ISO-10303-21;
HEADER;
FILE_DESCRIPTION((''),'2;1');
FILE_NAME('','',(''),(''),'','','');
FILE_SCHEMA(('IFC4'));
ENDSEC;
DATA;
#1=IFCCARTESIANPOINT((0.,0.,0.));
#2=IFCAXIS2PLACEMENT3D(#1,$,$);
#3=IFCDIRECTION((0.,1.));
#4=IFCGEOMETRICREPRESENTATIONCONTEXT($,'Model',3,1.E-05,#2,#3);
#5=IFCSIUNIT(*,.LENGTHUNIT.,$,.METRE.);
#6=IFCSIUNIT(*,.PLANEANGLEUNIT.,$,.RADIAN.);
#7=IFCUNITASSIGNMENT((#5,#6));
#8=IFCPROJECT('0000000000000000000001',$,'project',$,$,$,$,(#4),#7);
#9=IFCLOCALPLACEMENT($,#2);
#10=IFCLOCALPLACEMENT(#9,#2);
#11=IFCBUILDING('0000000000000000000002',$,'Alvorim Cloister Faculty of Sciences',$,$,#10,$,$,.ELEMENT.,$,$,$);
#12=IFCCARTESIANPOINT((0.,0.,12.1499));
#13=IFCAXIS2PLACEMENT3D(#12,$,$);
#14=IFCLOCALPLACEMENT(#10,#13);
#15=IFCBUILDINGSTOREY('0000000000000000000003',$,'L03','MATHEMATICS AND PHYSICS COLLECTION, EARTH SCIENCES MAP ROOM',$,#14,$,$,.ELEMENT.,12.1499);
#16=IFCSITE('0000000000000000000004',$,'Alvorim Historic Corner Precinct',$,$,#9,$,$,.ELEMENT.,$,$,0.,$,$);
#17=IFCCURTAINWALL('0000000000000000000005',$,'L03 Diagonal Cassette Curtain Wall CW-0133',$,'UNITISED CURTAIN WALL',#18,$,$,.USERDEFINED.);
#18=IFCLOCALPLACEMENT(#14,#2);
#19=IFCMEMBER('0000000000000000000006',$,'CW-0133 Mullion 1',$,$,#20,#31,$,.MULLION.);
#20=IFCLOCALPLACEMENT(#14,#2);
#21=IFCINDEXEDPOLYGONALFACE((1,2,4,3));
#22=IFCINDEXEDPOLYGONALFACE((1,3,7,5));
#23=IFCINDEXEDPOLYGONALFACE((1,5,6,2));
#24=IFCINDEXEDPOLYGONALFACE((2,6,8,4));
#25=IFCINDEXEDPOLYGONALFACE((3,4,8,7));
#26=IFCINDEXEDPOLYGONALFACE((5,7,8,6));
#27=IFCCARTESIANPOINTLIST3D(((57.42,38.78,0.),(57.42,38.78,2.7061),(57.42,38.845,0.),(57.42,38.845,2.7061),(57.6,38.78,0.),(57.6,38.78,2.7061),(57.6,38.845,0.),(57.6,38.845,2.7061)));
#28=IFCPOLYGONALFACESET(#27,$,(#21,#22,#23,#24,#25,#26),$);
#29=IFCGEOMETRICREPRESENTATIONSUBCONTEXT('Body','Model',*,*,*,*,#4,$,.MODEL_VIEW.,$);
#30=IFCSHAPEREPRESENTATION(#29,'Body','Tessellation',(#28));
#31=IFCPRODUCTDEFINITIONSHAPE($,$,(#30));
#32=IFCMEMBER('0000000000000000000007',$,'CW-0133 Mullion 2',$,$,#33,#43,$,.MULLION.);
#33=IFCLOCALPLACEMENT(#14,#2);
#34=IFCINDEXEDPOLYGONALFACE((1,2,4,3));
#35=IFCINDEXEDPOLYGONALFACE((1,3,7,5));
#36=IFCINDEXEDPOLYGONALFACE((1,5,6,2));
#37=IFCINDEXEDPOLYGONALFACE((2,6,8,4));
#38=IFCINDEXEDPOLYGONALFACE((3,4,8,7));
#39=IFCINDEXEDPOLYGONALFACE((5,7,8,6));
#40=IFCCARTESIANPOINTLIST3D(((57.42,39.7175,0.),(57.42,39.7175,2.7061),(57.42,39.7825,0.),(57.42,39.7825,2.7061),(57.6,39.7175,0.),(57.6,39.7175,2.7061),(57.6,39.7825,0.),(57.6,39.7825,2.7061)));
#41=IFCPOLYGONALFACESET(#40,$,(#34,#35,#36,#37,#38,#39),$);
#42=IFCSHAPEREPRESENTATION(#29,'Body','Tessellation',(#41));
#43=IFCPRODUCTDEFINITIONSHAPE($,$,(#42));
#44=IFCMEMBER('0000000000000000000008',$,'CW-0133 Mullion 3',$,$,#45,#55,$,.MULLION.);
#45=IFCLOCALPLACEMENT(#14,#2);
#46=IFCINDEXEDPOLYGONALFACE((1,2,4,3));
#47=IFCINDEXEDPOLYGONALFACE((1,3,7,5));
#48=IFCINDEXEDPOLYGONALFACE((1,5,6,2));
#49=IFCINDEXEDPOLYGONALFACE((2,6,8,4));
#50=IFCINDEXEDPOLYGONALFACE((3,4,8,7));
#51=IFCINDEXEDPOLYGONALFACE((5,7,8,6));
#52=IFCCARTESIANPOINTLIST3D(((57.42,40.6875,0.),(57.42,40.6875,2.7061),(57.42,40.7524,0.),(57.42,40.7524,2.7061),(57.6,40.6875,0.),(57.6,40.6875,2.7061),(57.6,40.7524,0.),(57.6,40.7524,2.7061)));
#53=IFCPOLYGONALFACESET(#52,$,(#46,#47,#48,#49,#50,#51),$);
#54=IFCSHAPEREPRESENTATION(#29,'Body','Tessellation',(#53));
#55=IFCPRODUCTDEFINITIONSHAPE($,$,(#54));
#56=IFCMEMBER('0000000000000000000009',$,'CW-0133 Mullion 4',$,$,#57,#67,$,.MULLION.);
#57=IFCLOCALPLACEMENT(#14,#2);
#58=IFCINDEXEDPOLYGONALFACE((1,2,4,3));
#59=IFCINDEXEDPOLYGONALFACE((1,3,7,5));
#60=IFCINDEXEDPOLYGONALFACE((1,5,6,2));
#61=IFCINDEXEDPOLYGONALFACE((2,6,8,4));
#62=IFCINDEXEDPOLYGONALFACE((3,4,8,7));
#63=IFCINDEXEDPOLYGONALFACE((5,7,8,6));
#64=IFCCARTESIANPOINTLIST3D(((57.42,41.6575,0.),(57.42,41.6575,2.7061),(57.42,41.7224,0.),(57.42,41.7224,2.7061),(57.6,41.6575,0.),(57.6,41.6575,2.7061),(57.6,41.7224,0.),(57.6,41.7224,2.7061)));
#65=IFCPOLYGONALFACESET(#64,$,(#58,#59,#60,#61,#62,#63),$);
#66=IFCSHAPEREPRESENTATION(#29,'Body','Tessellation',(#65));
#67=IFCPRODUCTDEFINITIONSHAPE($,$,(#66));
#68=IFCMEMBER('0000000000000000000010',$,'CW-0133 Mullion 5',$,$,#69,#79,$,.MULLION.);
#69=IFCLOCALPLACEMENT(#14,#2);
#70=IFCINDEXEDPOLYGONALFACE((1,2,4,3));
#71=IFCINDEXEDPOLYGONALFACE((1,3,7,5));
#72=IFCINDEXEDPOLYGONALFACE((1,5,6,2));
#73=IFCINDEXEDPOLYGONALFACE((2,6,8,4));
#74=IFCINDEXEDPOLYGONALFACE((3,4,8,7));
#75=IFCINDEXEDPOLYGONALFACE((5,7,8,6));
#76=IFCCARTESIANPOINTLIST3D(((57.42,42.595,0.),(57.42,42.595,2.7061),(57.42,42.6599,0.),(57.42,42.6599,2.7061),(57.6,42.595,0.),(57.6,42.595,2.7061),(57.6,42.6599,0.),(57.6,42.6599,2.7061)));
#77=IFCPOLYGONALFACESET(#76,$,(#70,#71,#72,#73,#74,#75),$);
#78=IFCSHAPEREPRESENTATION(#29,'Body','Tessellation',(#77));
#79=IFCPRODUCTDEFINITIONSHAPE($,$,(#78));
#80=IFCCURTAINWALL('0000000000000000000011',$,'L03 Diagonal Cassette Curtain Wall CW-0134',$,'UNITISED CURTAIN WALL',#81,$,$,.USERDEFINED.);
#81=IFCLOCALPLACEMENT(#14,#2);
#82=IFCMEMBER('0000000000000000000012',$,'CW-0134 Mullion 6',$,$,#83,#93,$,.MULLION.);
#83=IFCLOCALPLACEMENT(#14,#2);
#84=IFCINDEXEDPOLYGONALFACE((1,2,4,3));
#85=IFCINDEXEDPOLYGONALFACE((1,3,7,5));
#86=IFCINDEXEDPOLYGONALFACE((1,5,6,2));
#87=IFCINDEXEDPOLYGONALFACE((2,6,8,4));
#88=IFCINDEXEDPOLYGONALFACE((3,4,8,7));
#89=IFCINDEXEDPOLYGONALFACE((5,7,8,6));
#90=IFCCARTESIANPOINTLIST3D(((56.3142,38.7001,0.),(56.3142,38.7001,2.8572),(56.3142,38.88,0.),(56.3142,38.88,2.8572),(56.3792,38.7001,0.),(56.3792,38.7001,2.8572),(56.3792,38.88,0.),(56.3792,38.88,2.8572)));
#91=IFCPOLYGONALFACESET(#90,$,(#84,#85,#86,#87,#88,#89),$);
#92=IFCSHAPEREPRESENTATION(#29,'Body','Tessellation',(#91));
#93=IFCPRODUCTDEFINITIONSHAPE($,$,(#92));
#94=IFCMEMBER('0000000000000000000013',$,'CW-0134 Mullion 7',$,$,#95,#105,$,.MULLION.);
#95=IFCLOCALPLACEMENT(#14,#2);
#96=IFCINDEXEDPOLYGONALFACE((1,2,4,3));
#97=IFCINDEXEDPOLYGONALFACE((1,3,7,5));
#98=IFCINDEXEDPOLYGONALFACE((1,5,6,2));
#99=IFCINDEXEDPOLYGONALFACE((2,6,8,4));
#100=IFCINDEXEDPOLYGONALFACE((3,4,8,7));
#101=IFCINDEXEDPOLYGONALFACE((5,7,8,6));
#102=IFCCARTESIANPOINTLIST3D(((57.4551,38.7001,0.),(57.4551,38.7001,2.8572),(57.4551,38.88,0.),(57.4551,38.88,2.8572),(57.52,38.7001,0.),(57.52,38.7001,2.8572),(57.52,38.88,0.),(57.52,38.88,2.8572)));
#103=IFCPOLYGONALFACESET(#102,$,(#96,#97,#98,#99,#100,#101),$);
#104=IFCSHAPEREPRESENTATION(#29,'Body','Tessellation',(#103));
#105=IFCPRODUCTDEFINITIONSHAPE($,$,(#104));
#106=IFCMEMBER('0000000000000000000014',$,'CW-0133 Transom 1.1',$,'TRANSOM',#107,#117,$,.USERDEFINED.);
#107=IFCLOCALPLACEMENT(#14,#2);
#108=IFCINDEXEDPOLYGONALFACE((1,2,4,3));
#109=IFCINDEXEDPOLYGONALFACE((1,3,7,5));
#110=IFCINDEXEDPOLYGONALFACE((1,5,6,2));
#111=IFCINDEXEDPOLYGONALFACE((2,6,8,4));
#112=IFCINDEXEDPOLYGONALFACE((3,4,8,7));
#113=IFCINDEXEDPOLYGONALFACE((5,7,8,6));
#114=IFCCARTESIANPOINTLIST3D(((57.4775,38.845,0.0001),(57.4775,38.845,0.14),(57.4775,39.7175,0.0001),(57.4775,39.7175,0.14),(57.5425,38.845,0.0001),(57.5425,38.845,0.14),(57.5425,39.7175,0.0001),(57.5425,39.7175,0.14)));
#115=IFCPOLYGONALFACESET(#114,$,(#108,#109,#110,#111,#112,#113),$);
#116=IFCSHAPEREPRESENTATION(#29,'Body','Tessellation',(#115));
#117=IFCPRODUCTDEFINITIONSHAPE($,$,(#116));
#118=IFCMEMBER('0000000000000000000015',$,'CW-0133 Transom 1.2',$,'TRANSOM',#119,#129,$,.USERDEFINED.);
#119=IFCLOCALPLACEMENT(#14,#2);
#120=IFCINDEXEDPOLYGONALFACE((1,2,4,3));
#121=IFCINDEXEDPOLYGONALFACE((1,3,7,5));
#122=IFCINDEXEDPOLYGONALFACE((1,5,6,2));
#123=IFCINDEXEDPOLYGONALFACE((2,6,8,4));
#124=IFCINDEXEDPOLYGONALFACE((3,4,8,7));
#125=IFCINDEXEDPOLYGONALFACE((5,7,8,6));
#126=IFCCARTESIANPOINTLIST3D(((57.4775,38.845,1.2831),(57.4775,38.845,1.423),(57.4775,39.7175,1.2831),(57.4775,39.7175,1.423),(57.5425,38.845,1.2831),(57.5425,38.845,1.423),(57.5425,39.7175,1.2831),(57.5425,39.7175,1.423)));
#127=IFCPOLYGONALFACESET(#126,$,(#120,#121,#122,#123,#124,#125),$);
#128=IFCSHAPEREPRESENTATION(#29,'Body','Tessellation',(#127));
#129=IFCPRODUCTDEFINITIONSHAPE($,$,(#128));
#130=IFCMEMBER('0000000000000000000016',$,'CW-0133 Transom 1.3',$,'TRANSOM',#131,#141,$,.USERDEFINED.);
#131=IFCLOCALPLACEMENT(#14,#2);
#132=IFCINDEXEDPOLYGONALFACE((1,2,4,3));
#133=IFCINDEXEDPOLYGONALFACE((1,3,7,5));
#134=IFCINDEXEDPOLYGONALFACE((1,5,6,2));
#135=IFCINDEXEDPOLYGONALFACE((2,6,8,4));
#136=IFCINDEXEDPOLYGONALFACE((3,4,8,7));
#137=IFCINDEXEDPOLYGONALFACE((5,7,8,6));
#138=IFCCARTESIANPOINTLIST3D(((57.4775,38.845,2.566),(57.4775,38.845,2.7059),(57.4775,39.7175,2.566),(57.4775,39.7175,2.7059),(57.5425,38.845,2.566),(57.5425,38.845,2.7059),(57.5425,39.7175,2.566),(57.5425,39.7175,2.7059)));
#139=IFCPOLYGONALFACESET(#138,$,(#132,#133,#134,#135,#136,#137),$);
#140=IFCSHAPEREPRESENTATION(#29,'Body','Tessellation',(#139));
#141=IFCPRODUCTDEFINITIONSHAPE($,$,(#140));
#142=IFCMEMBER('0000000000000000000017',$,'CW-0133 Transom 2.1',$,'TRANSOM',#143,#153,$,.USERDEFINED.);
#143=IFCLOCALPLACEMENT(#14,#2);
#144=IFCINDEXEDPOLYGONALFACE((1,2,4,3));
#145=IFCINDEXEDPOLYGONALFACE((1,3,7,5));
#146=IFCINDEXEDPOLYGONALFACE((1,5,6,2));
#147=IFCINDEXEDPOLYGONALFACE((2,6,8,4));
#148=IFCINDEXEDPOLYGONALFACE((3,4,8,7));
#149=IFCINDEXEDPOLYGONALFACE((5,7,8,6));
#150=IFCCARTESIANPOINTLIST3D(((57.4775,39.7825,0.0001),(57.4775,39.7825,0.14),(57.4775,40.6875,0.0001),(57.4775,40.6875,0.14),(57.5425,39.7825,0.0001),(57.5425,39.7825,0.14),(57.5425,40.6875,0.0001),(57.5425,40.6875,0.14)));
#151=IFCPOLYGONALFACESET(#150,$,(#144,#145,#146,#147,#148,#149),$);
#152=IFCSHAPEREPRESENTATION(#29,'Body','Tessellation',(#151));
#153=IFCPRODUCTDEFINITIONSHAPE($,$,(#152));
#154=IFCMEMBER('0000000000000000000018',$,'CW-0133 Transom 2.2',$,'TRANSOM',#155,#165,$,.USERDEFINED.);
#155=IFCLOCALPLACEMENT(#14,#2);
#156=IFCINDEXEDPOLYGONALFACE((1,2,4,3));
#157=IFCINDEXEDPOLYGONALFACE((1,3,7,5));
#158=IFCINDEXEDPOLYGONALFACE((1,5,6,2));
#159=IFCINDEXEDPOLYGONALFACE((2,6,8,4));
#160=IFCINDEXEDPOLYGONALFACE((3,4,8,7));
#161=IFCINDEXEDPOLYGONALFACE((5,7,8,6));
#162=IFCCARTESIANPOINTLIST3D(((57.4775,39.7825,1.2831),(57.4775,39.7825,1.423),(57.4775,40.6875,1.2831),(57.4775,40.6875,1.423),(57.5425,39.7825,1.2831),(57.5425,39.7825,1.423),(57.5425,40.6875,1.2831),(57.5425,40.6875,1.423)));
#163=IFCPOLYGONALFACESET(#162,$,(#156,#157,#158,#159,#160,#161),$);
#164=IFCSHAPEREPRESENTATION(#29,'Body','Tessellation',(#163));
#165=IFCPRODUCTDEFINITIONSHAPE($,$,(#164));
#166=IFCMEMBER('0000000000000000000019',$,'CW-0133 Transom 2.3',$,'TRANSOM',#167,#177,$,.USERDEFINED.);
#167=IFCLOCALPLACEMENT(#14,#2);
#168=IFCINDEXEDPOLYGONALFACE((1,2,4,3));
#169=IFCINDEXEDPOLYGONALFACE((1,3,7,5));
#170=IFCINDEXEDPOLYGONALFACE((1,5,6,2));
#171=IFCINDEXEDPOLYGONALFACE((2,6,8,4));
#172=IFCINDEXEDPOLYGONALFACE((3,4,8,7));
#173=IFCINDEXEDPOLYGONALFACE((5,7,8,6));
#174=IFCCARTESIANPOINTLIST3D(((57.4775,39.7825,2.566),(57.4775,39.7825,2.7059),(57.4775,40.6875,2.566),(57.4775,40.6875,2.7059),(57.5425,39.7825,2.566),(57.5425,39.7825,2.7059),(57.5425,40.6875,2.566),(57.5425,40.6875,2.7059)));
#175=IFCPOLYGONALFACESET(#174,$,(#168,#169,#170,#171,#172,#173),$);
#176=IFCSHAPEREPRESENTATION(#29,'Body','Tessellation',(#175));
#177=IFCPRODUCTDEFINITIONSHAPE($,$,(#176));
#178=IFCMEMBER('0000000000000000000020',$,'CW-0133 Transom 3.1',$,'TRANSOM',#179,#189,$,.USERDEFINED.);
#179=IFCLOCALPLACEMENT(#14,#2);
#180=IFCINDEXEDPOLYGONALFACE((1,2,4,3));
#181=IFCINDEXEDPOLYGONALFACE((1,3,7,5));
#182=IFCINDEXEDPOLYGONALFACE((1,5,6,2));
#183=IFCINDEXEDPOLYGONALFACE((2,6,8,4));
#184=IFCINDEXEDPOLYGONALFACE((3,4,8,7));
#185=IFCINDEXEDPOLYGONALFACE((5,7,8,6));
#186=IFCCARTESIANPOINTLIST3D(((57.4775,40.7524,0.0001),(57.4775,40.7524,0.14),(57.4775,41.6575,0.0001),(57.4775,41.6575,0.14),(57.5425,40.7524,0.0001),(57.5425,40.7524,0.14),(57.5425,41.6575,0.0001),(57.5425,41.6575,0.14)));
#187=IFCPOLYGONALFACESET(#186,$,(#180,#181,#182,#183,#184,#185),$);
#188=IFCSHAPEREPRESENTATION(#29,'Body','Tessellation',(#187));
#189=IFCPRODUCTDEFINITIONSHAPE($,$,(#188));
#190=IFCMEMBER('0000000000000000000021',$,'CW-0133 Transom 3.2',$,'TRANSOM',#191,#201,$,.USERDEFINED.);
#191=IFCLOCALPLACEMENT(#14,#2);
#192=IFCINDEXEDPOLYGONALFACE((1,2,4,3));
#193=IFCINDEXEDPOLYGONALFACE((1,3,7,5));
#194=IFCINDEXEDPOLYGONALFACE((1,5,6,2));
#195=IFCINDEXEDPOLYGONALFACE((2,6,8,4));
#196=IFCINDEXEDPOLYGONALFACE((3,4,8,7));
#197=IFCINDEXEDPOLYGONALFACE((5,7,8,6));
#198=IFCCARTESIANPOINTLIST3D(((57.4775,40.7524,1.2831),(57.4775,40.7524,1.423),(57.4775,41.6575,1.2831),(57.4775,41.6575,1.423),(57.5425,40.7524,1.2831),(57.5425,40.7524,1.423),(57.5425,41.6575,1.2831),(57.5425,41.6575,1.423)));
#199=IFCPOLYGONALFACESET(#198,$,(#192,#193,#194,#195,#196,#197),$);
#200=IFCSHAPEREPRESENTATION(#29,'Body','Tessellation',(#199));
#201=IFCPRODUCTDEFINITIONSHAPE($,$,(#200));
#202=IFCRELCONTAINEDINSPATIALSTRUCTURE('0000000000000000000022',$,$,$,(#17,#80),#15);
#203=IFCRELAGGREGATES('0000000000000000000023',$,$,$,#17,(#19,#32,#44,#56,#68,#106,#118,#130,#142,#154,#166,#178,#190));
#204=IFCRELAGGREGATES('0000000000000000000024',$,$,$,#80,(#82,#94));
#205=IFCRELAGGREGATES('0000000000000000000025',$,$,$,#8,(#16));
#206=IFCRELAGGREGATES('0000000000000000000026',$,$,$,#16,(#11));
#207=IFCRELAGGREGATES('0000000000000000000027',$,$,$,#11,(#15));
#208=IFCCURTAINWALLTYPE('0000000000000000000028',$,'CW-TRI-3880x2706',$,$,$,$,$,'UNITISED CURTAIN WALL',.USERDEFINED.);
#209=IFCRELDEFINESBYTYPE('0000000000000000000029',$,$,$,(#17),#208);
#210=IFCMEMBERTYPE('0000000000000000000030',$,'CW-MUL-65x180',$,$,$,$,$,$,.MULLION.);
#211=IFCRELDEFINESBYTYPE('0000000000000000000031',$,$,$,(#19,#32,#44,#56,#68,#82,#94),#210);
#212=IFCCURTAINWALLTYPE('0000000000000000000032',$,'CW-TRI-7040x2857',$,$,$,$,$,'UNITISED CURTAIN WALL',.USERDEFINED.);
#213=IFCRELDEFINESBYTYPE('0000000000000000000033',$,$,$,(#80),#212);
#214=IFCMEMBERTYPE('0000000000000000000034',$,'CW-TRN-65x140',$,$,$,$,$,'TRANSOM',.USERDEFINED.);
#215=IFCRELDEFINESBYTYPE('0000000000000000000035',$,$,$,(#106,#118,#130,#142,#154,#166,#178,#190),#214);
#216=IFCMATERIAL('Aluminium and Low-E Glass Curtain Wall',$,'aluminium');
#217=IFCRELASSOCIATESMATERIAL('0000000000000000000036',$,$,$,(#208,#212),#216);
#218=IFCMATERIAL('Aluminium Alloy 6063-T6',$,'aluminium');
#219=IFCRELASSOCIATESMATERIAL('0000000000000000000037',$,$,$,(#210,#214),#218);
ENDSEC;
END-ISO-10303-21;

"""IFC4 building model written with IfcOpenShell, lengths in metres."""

from ifc_helpers import new_model, si_unit, direction, frame, origin, origin_2d, place, context, subcontext, project, spatial, rectangle, extrude, material, material_profile, profile_set, type_object, element, aggregate, save


model = new_model("IFC4")

# Units and contexts
model_context = context("Model", 3, precision=1e-05, world=origin(), true_north=direction((0.0, 1.0)))
body_context = subcontext(model_context, "Body", "Model", "MODEL_VIEW")
ifc_project = project(units=[si_unit("LENGTHUNIT", "METRE"), si_unit("PLANEANGLEUNIT", "RADIAN")], contexts=[model_context])

# Site, building, storey
site_placement = place(None, origin())
site = spatial("IfcSite", under=ifc_project, at=site_placement, Name="Alvorim Historic Corner Precinct", CompositionType="ELEMENT", RefElevation=0.0)
building_placement = place(site_placement, origin())
building = spatial("IfcBuilding", under=site, at=building_placement, Name="Alvorim Cloister Faculty of Sciences", CompositionType="ELEMENT")
storey_placement = place(building_placement, frame((0.0, 0.0, 12.1499)))
storey = spatial("IfcBuildingStorey", under=building, at=storey_placement, Name="L03", Description="MATHEMATICS AND PHYSICS COLLECTION, EARTH SCIENCES MAP ROOM", CompositionType="ELEMENT", Elevation=12.1499)

# Curtain walls, members
ifc_material_1 = material(Name="Aluminium and Low-E Glass Curtain Wall", Category="aluminium")
curtain_wall_type_1 = type_object("IfcCurtainWallType", Name="CW-TRI-3880x2706", ElementType="UNITISED CURTAIN WALL", PredefinedType="USERDEFINED", material=ifc_material_1)
curtain_wall_1_placement = place(storey_placement, origin())
curtain_wall_1 = element("IfcCurtainWall", 1, at=curtain_wall_1_placement, inside=storey, type_object=curtain_wall_type_1, Name="L03 Diagonal Cassette Curtain Wall CW-0133", ObjectType="UNITISED CURTAIN WALL", PredefinedType="USERDEFINED")
ifc_material_2 = material(Name="Aluminium Alloy 6063-T6", Category="aluminium")
ifc_material_profile_1 = material_profile(ifc_material_2, rectangle(XDim=0.0649, YDim=0.1799, at=origin_2d()), Name="ALU-MUL-65x180")
ifc_profile_set_1 = profile_set([ifc_material_profile_1], Name="Aluminium Alloy 6063-T6")
member_type_1 = type_object("IfcMemberType", Name="CW-MUL-65x180", PredefinedType="MULLION", material=ifc_profile_set_1)
member_1_placement = place(storey_placement, frame((57.51, 38.8125, 0.0), z_axis=(0.0, 0.0, 1.0), x_axis=(0.0, 1.0, 0.0)))
member_1 = element("IfcMember", 2, at=member_1_placement, type_object=member_type_1, Name="CW-0133 Mullion 1", PredefinedType="MULLION", context=body_context, shape_type="SweptSolid", body=[
    extrude(rectangle(XDim=0.0649, YDim=0.1799, at=origin_2d()), origin(), (0.0, 0.0, 1.0), 2.7061),
])
member_2_placement = place(storey_placement, frame((57.51, 39.75, 0.0), z_axis=(0.0, 0.0, 1.0), x_axis=(0.0, 1.0, 0.0)))
member_2 = element("IfcMember", 3, at=member_2_placement, type_object=member_type_1, Name="CW-0133 Mullion 2", PredefinedType="MULLION", context=body_context, shape_type="SweptSolid", body=[
    extrude(rectangle(XDim=0.0649, YDim=0.1799, at=origin_2d()), origin(), (0.0, 0.0, 1.0), 2.7061),
])
member_3_placement = place(storey_placement, frame((57.51, 40.72, 0.0), z_axis=(0.0, 0.0, 1.0), x_axis=(0.0, 1.0, 0.0)))
member_3 = element("IfcMember", 4, at=member_3_placement, type_object=member_type_1, Name="CW-0133 Mullion 3", PredefinedType="MULLION", context=body_context, shape_type="SweptSolid", body=[
    extrude(rectangle(XDim=0.0649, YDim=0.1799, at=origin_2d()), origin(), (0.0, 0.0, 1.0), 2.7061),
])
member_4_placement = place(storey_placement, frame((57.51, 41.6899, 0.0), z_axis=(0.0, 0.0, 1.0), x_axis=(0.0, 1.0, 0.0)))
member_4 = element("IfcMember", 5, at=member_4_placement, type_object=member_type_1, Name="CW-0133 Mullion 4", PredefinedType="MULLION", context=body_context, shape_type="SweptSolid", body=[
    extrude(rectangle(XDim=0.0649, YDim=0.1799, at=origin_2d()), origin(), (0.0, 0.0, 1.0), 2.7061),
])
member_5_placement = place(storey_placement, frame((57.51, 42.6274, 0.0), z_axis=(0.0, 0.0, 1.0), x_axis=(0.0, 1.0, 0.0)))
member_5 = element("IfcMember", 6, at=member_5_placement, type_object=member_type_1, Name="CW-0133 Mullion 5", PredefinedType="MULLION", context=body_context, shape_type="SweptSolid", body=[
    extrude(rectangle(XDim=0.0649, YDim=0.1799, at=origin_2d()), origin(), (0.0, 0.0, 1.0), 2.7061),
])
curtain_wall_type_2 = type_object("IfcCurtainWallType", Name="CW-TRI-7040x2857", ElementType="UNITISED CURTAIN WALL", PredefinedType="USERDEFINED", material=ifc_material_1)
curtain_wall_2_placement = place(storey_placement, origin())
curtain_wall_2 = element("IfcCurtainWall", 7, at=curtain_wall_2_placement, inside=storey, type_object=curtain_wall_type_2, Name="L03 Diagonal Cassette Curtain Wall CW-0134", ObjectType="UNITISED CURTAIN WALL", PredefinedType="USERDEFINED")
member_6_placement = place(storey_placement, frame((56.3467, 38.79, 0.0), z_axis=(0.0, 0.0, 1.0), x_axis=(1.0, 0.0, 0.0)))
member_6 = element("IfcMember", 8, at=member_6_placement, type_object=member_type_1, Name="CW-0134 Mullion 6", PredefinedType="MULLION", context=body_context, shape_type="SweptSolid", body=[
    extrude(rectangle(XDim=0.0649, YDim=0.1799, at=origin_2d()), origin(), (0.0, 0.0, 1.0), 2.8572),
])
member_7_placement = place(storey_placement, frame((57.4875, 38.79, 0.0), z_axis=(0.0, 0.0, 1.0), x_axis=(1.0, 0.0, 0.0)))
member_7 = element("IfcMember", 9, at=member_7_placement, type_object=member_type_1, Name="CW-0134 Mullion 7", PredefinedType="MULLION", context=body_context, shape_type="SweptSolid", body=[
    extrude(rectangle(XDim=0.0649, YDim=0.1799, at=origin_2d()), origin(), (0.0, 0.0, 1.0), 2.8572),
])

# Members
ifc_material_profile_2 = material_profile(ifc_material_2, rectangle(XDim=0.0649, YDim=0.1399, at=origin_2d()), Name="ALU-TRN-65x140")
ifc_profile_set_2 = profile_set([ifc_material_profile_2], Name="Aluminium Alloy 6063-T6")
member_type_2 = type_object("IfcMemberType", Name="CW-TRN-65x140", ElementType="TRANSOM", PredefinedType="USERDEFINED", material=ifc_profile_set_2)
member_8_placement = place(storey_placement, frame((57.51, 38.845, 0.0701), z_axis=(0.0, 1.0, 0.0), x_axis=(-1.0, 0.0, 0.0)))
member_8 = element("IfcMember", 10, at=member_8_placement, type_object=member_type_2, Name="CW-0133 Transom 1.1", ObjectType="TRANSOM", PredefinedType="USERDEFINED", context=body_context, shape_type="SweptSolid", body=[
    extrude(rectangle(XDim=0.0649, YDim=0.1399, at=origin_2d()), origin(), (0.0, 0.0, 1.0), 0.8726),
])
member_9_placement = place(storey_placement, frame((57.51, 38.845, 1.353), z_axis=(0.0, 1.0, 0.0), x_axis=(-1.0, 0.0, 0.0)))
member_9 = element("IfcMember", 11, at=member_9_placement, type_object=member_type_2, Name="CW-0133 Transom 1.2", ObjectType="TRANSOM", PredefinedType="USERDEFINED", context=body_context, shape_type="SweptSolid", body=[
    extrude(rectangle(XDim=0.0649, YDim=0.1399, at=origin_2d()), origin(), (0.0, 0.0, 1.0), 0.8726),
])
member_10_placement = place(storey_placement, frame((57.51, 38.845, 2.636), z_axis=(0.0, 1.0, 0.0), x_axis=(-1.0, 0.0, 0.0)))
member_10 = element("IfcMember", 12, at=member_10_placement, type_object=member_type_2, Name="CW-0133 Transom 1.3", ObjectType="TRANSOM", PredefinedType="USERDEFINED", context=body_context, shape_type="SweptSolid", body=[
    extrude(rectangle(XDim=0.0649, YDim=0.1399, at=origin_2d()), origin(), (0.0, 0.0, 1.0), 0.8726),
])
member_11_placement = place(storey_placement, frame((57.51, 39.7825, 0.0701), z_axis=(0.0, 1.0, 0.0), x_axis=(-1.0, 0.0, 0.0)))
member_11 = element("IfcMember", 13, at=member_11_placement, type_object=member_type_2, Name="CW-0133 Transom 2.1", ObjectType="TRANSOM", PredefinedType="USERDEFINED", context=body_context, shape_type="SweptSolid", body=[
    extrude(rectangle(XDim=0.0649, YDim=0.1399, at=origin_2d()), origin(), (0.0, 0.0, 1.0), 0.905),
])
member_12_placement = place(storey_placement, frame((57.51, 39.7825, 1.353), z_axis=(0.0, 1.0, 0.0), x_axis=(-1.0, 0.0, 0.0)))
member_12 = element("IfcMember", 14, at=member_12_placement, type_object=member_type_2, Name="CW-0133 Transom 2.2", ObjectType="TRANSOM", PredefinedType="USERDEFINED", context=body_context, shape_type="SweptSolid", body=[
    extrude(rectangle(XDim=0.0649, YDim=0.1399, at=origin_2d()), origin(), (0.0, 0.0, 1.0), 0.905),
])
member_13_placement = place(storey_placement, frame((57.51, 39.7825, 2.636), z_axis=(0.0, 1.0, 0.0), x_axis=(-1.0, 0.0, 0.0)))
member_13 = element("IfcMember", 15, at=member_13_placement, type_object=member_type_2, Name="CW-0133 Transom 2.3", ObjectType="TRANSOM", PredefinedType="USERDEFINED", context=body_context, shape_type="SweptSolid", body=[
    extrude(rectangle(XDim=0.0649, YDim=0.1399, at=origin_2d()), origin(), (0.0, 0.0, 1.0), 0.905),
])
member_14_placement = place(storey_placement, frame((57.51, 40.7524, 0.0701), z_axis=(0.0, 1.0, 0.0), x_axis=(-1.0, 0.0, 0.0)))
member_14 = element("IfcMember", 16, at=member_14_placement, type_object=member_type_2, Name="CW-0133 Transom 3.1", ObjectType="TRANSOM", PredefinedType="USERDEFINED", context=body_context, shape_type="SweptSolid", body=[
    extrude(rectangle(XDim=0.0649, YDim=0.1399, at=origin_2d()), origin(), (0.0, 0.0, 1.0), 0.905),
])
member_15_placement = place(storey_placement, frame((57.51, 40.7524, 1.353), z_axis=(0.0, 1.0, 0.0), x_axis=(-1.0, 0.0, 0.0)))
member_15 = element("IfcMember", 17, at=member_15_placement, type_object=member_type_2, Name="CW-0133 Transom 3.2", ObjectType="TRANSOM", PredefinedType="USERDEFINED", context=body_context, shape_type="SweptSolid", body=[
    extrude(rectangle(XDim=0.0649, YDim=0.1399, at=origin_2d()), origin(), (0.0, 0.0, 1.0), 0.905),
])
aggregate(curtain_wall_1, [member_1, member_2, member_3, member_4, member_5, member_8, member_9, member_10, member_11, member_12, member_13, member_14, member_15])
aggregate(curtain_wall_2, [member_6, member_7])

save(model, "model.ifc")
